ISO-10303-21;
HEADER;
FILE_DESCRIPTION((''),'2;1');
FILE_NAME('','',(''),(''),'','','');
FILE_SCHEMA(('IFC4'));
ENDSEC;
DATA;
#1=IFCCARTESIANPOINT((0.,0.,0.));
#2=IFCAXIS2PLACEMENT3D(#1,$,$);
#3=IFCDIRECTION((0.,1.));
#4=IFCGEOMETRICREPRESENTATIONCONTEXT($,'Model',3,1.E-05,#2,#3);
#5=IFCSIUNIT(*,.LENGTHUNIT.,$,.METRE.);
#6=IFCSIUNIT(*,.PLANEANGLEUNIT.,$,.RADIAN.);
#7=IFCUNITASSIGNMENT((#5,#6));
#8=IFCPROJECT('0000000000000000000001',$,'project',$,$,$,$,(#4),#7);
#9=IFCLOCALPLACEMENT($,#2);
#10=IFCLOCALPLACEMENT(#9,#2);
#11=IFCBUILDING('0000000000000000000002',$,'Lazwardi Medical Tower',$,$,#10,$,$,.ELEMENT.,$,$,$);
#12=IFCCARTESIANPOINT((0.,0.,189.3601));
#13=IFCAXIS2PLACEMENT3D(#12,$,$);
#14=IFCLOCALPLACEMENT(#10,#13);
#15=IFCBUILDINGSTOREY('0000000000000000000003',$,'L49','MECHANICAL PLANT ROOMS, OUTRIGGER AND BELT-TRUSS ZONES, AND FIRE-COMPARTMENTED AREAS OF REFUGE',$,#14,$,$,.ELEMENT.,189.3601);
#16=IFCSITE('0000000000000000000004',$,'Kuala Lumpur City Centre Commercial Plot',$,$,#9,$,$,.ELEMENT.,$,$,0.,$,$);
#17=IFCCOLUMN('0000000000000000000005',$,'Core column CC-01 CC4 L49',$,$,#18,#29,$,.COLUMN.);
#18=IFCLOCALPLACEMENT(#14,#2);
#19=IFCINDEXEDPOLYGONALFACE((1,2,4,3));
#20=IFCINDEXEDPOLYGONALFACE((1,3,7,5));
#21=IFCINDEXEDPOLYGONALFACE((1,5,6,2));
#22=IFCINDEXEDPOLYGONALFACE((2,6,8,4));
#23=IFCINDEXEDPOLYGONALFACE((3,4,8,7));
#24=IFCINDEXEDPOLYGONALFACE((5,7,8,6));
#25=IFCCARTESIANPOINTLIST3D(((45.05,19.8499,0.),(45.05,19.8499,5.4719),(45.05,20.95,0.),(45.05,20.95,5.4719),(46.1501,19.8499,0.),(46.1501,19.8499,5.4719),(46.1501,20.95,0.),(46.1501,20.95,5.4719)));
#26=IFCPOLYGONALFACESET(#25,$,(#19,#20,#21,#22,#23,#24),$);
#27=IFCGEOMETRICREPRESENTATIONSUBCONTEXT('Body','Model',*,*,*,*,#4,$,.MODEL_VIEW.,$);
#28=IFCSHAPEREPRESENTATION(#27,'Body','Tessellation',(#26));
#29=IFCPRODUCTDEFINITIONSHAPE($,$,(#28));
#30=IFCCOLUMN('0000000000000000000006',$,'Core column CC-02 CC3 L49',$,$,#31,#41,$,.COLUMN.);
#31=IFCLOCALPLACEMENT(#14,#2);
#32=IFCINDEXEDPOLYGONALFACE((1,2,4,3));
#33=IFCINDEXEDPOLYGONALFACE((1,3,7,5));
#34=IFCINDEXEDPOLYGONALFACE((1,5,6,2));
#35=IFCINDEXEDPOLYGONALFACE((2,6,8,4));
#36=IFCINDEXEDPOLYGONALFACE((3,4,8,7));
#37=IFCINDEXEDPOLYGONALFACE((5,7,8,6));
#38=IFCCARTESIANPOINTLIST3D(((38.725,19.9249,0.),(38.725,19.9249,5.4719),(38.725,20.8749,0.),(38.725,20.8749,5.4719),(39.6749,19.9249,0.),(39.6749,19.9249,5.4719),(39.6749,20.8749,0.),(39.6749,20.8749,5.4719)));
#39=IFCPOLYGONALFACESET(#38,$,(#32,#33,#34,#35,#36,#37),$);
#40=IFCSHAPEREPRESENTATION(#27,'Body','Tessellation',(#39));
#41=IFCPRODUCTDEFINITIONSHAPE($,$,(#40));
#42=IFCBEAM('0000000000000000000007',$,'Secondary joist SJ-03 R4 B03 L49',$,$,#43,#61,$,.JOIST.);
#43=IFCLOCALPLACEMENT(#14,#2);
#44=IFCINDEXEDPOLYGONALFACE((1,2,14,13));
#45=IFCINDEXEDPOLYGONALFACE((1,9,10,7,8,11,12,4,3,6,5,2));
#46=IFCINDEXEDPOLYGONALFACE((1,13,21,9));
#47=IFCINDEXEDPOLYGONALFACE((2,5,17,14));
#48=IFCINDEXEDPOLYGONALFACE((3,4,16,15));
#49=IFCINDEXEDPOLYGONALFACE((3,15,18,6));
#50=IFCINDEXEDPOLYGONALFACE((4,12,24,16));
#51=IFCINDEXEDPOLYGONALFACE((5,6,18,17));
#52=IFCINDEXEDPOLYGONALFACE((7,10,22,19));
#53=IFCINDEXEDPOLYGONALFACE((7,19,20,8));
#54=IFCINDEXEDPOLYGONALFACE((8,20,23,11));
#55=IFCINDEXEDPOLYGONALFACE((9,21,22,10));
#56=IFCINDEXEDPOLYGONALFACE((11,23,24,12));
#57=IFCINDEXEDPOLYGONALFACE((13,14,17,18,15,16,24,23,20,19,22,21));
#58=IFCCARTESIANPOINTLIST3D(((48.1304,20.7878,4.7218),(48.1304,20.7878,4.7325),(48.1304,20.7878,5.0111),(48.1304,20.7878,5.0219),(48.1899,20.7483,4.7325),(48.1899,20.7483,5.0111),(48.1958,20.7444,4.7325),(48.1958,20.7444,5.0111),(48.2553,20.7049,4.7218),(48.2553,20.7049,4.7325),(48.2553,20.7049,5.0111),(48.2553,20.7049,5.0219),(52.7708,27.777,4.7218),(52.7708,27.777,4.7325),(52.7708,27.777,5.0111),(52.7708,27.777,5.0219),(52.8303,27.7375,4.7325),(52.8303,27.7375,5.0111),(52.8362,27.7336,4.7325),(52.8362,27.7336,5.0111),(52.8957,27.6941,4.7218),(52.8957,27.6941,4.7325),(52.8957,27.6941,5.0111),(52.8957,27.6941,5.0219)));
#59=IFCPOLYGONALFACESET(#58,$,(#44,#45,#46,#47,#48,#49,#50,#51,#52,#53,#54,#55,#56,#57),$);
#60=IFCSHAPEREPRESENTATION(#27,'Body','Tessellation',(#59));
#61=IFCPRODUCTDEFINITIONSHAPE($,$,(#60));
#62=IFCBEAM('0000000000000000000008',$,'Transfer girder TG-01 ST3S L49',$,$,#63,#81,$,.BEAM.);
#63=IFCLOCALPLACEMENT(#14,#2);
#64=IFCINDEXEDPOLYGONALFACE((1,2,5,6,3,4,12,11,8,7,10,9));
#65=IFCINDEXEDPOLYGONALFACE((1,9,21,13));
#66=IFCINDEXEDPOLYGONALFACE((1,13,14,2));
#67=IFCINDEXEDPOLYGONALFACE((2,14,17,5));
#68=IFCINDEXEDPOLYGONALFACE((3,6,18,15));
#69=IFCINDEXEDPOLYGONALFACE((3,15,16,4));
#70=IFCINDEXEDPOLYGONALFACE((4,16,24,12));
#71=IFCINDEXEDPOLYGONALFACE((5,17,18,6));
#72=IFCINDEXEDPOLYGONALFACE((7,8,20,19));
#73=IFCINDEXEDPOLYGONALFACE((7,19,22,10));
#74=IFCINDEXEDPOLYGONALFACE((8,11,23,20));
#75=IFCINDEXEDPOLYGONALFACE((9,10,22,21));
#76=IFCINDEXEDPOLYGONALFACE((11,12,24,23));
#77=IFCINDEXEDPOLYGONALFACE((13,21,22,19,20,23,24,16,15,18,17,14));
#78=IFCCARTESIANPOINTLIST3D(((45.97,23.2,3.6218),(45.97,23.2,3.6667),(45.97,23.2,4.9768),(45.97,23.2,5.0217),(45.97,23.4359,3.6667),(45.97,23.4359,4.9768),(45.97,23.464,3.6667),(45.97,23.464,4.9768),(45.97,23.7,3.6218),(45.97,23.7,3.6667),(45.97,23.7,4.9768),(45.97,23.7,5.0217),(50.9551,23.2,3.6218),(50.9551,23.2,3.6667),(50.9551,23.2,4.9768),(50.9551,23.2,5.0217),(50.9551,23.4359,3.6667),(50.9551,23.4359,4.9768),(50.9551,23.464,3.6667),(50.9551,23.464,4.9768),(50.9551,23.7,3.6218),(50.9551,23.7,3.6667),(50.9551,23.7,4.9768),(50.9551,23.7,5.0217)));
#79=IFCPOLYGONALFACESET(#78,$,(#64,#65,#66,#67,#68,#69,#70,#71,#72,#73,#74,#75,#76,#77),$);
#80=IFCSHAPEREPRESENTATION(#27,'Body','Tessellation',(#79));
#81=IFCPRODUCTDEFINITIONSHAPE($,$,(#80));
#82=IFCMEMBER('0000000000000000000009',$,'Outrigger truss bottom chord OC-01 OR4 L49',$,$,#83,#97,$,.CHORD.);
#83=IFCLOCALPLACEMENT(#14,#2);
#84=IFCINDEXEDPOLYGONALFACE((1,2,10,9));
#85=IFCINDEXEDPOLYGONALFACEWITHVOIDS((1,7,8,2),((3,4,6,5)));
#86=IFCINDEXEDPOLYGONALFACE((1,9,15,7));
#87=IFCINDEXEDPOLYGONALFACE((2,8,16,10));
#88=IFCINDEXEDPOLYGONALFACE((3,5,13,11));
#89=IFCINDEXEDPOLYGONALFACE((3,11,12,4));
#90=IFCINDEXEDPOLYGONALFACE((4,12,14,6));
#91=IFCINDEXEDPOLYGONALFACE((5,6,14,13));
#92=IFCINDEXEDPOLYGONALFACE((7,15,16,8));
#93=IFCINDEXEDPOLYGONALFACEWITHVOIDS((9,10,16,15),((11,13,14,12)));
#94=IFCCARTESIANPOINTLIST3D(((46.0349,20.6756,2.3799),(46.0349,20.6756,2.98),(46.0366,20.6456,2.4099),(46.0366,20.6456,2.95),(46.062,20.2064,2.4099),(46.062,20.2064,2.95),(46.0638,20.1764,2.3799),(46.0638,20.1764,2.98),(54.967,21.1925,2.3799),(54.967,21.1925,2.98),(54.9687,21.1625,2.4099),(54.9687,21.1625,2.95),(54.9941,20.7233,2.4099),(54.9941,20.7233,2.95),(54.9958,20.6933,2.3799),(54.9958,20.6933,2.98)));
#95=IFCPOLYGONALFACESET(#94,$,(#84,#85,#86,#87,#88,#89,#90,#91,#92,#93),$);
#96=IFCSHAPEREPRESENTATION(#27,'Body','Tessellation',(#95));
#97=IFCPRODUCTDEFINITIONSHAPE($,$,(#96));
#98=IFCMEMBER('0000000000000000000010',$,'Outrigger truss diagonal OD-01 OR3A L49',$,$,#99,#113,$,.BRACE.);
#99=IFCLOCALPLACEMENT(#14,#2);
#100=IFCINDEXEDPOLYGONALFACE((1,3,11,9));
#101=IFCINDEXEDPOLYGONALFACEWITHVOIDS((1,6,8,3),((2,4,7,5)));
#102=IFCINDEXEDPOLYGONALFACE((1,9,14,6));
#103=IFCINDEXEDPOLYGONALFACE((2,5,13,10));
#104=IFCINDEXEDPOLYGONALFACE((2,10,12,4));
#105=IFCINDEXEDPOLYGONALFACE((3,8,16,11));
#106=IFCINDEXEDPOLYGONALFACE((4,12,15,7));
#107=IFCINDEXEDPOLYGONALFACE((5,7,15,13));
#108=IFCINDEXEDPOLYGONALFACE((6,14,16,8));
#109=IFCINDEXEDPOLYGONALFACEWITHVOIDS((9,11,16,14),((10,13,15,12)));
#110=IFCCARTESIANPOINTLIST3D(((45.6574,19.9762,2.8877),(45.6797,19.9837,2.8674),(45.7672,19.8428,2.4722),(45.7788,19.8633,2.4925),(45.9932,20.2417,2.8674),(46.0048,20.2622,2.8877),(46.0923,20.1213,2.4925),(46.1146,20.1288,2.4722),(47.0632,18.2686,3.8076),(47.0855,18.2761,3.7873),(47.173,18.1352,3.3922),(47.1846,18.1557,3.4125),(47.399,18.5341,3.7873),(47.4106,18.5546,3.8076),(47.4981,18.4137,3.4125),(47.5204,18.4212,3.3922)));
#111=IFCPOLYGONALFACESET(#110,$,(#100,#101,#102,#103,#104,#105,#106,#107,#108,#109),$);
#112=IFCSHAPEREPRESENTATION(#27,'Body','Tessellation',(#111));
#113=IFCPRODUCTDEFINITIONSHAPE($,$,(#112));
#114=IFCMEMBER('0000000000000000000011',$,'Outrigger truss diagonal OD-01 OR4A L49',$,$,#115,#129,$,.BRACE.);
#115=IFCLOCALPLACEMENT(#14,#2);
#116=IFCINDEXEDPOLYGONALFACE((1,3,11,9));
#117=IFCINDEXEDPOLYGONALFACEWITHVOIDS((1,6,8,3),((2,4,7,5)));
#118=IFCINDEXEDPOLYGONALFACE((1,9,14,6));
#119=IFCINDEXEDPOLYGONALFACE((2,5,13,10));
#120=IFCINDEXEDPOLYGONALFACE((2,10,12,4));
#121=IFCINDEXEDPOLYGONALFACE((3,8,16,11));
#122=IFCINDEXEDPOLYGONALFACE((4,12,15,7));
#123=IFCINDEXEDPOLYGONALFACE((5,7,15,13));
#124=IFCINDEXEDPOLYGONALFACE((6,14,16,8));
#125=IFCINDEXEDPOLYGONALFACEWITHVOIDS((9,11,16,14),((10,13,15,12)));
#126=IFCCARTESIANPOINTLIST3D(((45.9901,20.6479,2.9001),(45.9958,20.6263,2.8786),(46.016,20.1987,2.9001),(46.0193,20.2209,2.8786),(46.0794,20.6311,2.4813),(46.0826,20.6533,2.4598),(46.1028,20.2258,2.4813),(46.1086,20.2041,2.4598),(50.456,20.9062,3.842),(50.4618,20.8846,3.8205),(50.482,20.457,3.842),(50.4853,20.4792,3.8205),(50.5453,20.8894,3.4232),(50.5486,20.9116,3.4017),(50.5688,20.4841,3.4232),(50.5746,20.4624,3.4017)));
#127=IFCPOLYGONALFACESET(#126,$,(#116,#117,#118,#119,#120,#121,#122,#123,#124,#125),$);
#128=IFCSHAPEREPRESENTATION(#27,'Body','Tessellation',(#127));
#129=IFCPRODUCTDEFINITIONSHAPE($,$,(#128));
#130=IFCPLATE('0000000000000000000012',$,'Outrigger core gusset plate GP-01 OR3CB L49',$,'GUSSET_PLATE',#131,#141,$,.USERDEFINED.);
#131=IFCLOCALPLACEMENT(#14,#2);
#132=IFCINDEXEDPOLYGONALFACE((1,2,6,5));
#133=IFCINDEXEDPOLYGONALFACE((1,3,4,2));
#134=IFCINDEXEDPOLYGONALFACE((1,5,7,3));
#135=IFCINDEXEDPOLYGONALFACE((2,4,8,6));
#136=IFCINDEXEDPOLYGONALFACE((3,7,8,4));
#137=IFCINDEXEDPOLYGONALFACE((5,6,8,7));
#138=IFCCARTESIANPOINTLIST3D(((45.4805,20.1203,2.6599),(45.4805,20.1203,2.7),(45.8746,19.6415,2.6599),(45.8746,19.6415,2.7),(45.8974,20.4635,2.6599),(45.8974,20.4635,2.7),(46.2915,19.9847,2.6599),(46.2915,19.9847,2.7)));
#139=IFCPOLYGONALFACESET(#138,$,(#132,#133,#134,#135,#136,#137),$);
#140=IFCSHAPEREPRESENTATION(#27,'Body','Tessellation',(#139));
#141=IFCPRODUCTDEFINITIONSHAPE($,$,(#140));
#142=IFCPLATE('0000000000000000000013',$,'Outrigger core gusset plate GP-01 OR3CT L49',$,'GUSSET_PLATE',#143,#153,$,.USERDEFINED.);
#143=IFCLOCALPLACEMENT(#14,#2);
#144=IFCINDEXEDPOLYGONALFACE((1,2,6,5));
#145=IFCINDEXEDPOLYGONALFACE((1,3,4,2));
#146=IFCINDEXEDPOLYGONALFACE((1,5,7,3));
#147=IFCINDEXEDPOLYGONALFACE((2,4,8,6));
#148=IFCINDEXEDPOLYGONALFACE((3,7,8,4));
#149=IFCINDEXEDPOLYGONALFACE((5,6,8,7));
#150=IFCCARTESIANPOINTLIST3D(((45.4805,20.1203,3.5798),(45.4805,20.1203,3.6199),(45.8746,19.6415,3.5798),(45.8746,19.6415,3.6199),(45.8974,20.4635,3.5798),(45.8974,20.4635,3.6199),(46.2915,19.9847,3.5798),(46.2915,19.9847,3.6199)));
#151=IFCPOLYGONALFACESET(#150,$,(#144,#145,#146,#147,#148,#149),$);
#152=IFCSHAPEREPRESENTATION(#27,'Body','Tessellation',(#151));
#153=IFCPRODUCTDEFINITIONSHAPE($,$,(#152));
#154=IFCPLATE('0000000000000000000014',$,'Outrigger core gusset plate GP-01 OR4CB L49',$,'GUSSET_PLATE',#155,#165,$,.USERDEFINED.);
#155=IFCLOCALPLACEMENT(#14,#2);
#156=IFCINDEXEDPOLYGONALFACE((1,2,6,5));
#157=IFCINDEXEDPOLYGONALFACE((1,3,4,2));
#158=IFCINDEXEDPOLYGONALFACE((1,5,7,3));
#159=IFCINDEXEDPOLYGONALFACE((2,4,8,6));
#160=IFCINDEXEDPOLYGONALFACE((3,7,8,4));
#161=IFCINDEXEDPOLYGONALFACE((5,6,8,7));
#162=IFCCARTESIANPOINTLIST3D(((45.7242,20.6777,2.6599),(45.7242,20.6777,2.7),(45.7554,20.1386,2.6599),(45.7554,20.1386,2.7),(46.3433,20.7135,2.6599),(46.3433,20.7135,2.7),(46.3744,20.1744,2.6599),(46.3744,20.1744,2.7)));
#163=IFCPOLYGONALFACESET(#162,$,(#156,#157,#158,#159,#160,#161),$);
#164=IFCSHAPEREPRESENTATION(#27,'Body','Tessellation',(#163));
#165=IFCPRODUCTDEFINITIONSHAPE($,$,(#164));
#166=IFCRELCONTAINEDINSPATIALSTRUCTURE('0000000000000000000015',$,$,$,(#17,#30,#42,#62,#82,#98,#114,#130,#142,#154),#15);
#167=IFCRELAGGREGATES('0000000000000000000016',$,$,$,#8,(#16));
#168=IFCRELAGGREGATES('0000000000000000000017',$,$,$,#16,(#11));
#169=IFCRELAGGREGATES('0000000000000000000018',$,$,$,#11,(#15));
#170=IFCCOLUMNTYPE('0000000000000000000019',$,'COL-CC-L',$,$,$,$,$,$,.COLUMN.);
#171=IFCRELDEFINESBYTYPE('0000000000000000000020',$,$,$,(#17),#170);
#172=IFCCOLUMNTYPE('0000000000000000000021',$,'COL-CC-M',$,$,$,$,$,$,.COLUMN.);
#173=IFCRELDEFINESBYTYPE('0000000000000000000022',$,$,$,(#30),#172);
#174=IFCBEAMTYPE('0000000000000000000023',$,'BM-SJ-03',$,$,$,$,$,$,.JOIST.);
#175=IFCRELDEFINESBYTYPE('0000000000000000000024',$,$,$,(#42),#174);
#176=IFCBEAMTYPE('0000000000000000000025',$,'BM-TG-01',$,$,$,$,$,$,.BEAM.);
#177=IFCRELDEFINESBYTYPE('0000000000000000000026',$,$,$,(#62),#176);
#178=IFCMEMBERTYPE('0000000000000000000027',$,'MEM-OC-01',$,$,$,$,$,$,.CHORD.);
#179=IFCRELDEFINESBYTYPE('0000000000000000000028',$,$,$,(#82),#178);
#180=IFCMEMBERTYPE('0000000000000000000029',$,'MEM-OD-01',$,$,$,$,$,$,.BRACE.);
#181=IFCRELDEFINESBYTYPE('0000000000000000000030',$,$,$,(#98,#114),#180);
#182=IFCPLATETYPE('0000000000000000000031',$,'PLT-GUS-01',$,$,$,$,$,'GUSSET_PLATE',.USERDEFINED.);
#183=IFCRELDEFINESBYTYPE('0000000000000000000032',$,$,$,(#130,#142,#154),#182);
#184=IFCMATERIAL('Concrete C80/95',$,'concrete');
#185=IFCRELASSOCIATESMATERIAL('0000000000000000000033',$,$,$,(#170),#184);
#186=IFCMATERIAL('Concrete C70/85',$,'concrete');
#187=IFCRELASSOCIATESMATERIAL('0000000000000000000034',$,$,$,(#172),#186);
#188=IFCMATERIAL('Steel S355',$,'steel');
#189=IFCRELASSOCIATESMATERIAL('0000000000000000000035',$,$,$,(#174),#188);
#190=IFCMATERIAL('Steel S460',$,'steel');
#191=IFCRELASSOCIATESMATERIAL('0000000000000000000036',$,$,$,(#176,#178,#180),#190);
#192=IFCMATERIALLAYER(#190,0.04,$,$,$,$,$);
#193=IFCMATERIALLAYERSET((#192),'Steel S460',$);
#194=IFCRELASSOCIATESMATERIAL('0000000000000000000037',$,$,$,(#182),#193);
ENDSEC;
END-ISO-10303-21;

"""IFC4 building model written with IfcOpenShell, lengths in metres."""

from ifc_helpers import new_model, si_unit, direction, frame, origin, origin_2d, place, context, subcontext, project, spatial, rectangle, hollow_rectangle, i_section, extrude, material, layer, layer_set, material_profile, profile_set, type_object, element, save


model = new_model("IFC4")

# Units and contexts
model_context = context("Model", 3, precision=1e-05, world=origin(), true_north=direction((0.0, 1.0)))
body_context = subcontext(model_context, "Body", "Model", "MODEL_VIEW")
ifc_project = project(units=[si_unit("LENGTHUNIT", "METRE"), si_unit("PLANEANGLEUNIT", "RADIAN")], contexts=[model_context])

# Site, building, storey
site_placement = place(None, origin())
site = spatial("IfcSite", under=ifc_project, at=site_placement, Name="Kuala Lumpur City Centre Commercial Plot", CompositionType="ELEMENT", RefElevation=0.0)
building_placement = place(site_placement, origin())
building = spatial("IfcBuilding", under=site, at=building_placement, Name="Lazwardi Medical Tower", CompositionType="ELEMENT")
storey_placement = place(building_placement, frame((0.0, 0.0, 189.3601)))
storey = spatial("IfcBuildingStorey", under=building, at=storey_placement, Name="L49", Description="MECHANICAL PLANT ROOMS, OUTRIGGER AND BELT-TRUSS ZONES, AND FIRE-COMPARTMENTED AREAS OF REFUGE", CompositionType="ELEMENT", Elevation=189.3601)

# Columns
ifc_material_1 = material(Name="Concrete C80/95", Category="concrete")
ifc_material_profile_1 = material_profile(ifc_material_1, rectangle(XDim=1.1001, YDim=1.1001, at=origin_2d()), Name="RC 1100x1100")
ifc_profile_set_1 = profile_set([ifc_material_profile_1], Name="Concrete C80/95")
column_type_1 = type_object("IfcColumnType", Name="COL-CC-L", PredefinedType="COLUMN", material=ifc_profile_set_1)
column_1_placement = place(storey_placement, frame((45.6001, 20.3999, 0.0), z_axis=(0.0, 0.0, 1.0), x_axis=(1.0, 0.0, 0.0)))
element("IfcColumn", 1, at=column_1_placement, inside=storey, type_object=column_type_1, Name="Core column CC-01 CC4 L49", PredefinedType="COLUMN", context=body_context, shape_type="SweptSolid", body=[
    extrude(rectangle(XDim=1.1001, YDim=1.1001, at=origin_2d()), origin(), (0.0, 0.0, 1.0), 5.4719),
])
ifc_material_2 = material(Name="Concrete C70/85", Category="concrete")
ifc_material_profile_2 = material_profile(ifc_material_2, rectangle(XDim=0.95, YDim=0.95, at=origin_2d()), Name="RC 950x950")
ifc_profile_set_2 = profile_set([ifc_material_profile_2], Name="Concrete C70/85")
column_type_2 = type_object("IfcColumnType", Name="COL-CC-M", PredefinedType="COLUMN", material=ifc_profile_set_2)
column_2_placement = place(storey_placement, frame((39.2, 20.3999, 0.0), z_axis=(0.0, 0.0, 1.0), x_axis=(1.0, 0.0, 0.0)))
element("IfcColumn", 2, at=column_2_placement, inside=storey, type_object=column_type_2, Name="Core column CC-02 CC3 L49", PredefinedType="COLUMN", context=body_context, shape_type="SweptSolid", body=[
    extrude(rectangle(XDim=0.95, YDim=0.95, at=origin_2d()), origin(), (0.0, 0.0, 1.0), 5.4719),
])

# Beams
ifc_material_3 = material(Name="Steel S355", Category="steel")
ifc_material_profile_3 = material_profile(ifc_material_3, i_section(OverallWidth=0.1499, OverallDepth=0.3, WebThickness=0.0071, FlangeThickness=0.0107, at=origin_2d()), Name="IPE 300")
ifc_profile_set_3 = profile_set([ifc_material_profile_3], Name="Steel S355")
beam_type_1 = type_object("IfcBeamType", Name="BM-SJ-03", PredefinedType="JOIST", material=ifc_profile_set_3)
beam_1_placement = place(storey_placement, frame((48.1929, 20.7463, 4.8718), z_axis=(0.553121, 0.833101, 0.0), x_axis=(-0.833101, 0.553121, 0.0)))
element("IfcBeam", 3, at=beam_1_placement, inside=storey, type_object=beam_type_1, Name="Secondary joist SJ-03 R4 B03 L49", PredefinedType="JOIST", context=body_context, shape_type="SweptSolid", body=[
    extrude(i_section(OverallWidth=0.1499, OverallDepth=0.3, WebThickness=0.0071, FlangeThickness=0.0107, at=origin_2d()), origin(), (0.0, 0.0, 1.0), 8.3894),
])
ifc_material_4 = material(Name="Steel S460", Category="steel")
ifc_material_profile_4 = material_profile(ifc_material_4, i_section(OverallWidth=0.5, OverallDepth=1.3999, WebThickness=0.0281, FlangeThickness=0.0449, at=origin_2d()), Name="PG 1400x500")
ifc_profile_set_4 = profile_set([ifc_material_profile_4], Name="Steel S460")
beam_type_2 = type_object("IfcBeamType", Name="BM-TG-01", PredefinedType="BEAM", material=ifc_profile_set_4)
beam_2_placement = place(storey_placement, frame((45.97, 23.45, 4.3218), z_axis=(1.0, 0.0, 0.0), x_axis=(0.0, 1.0, 0.0)))
element("IfcBeam", 4, at=beam_2_placement, inside=storey, type_object=beam_type_2, Name="Transfer girder TG-01 ST3S L49", PredefinedType="BEAM", context=body_context, shape_type="SweptSolid", body=[
    extrude(i_section(OverallWidth=0.5, OverallDepth=1.3999, WebThickness=0.0281, FlangeThickness=0.0449, at=origin_2d()), origin(), (0.0, 0.0, 1.0), 4.9851),
])

# Members
ifc_material_profile_5 = material_profile(ifc_material_4, hollow_rectangle(XDim=0.5, YDim=0.6001, WallThickness=0.03, at=origin_2d()), Name="RHS 600x500x30")
ifc_profile_set_5 = profile_set([ifc_material_profile_5], Name="Steel S460")
member_type_1 = type_object("IfcMemberType", Name="MEM-OC-01", PredefinedType="CHORD", material=ifc_profile_set_5)
member_1_placement = place(storey_placement, frame((46.0493, 20.426, 2.6799), z_axis=(0.99833, 0.057767, 0.0), x_axis=(-0.057767, 0.99833, 0.0)))
element("IfcMember", 5, at=member_1_placement, inside=storey, type_object=member_type_1, Name="Outrigger truss bottom chord OC-01 OR4 L49", PredefinedType="CHORD", context=body_context, shape_type="SweptSolid", body=[
    extrude(hollow_rectangle(XDim=0.5, YDim=0.6001, WallThickness=0.03, at=origin_2d()), origin(), (0.0, 0.0, 1.0), 8.947),
])
ifc_material_profile_6 = material_profile(ifc_material_4, hollow_rectangle(XDim=0.45, YDim=0.45, WallThickness=0.022, at=origin_2d()), Name="RHS 450x450x22")
ifc_profile_set_6 = profile_set([ifc_material_profile_6], Name="Steel S460")
member_type_2 = type_object("IfcMemberType", Name="MEM-OD-01", PredefinedType="BRACE", material=ifc_profile_set_6)
member_2_placement = place(storey_placement, frame((45.886, 20.0525, 2.6799), z_axis=(0.586854, -0.712826, 0.384033), x_axis=(0.772026, 0.635591, 0.0)))
element("IfcMember", 6, at=member_2_placement, inside=storey, type_object=member_type_2, Name="Outrigger truss diagonal OD-01 OR3A L49", PredefinedType="BRACE", context=body_context, shape_type="SweptSolid", body=[
    extrude(hollow_rectangle(XDim=0.45, YDim=0.45, WallThickness=0.022, at=origin_2d()), origin(), (0.0, 0.0, 1.0), 2.3955),
])
member_3_placement = place(storey_placement, frame((46.0493, 20.426, 2.6799), z_axis=(0.976913, 0.056501, 0.206031), x_axis=(-0.05774, 0.998332, 0.0)))
element("IfcMember", 7, at=member_3_placement, inside=storey, type_object=member_type_2, Name="Outrigger truss diagonal OD-01 OR4A L49", PredefinedType="BRACE", context=body_context, shape_type="SweptSolid", body=[
    extrude(hollow_rectangle(XDim=0.45, YDim=0.45, WallThickness=0.022, at=origin_2d()), origin(), (0.0, 0.0, 1.0), 4.5715),
])

# Plates
ifc_layer_1 = layer(ifc_material_4, 0.04)
ifc_layer_set_1 = layer_set([ifc_layer_1], Name="Steel S460")
plate_type = type_object("IfcPlateType", Name="PLT-GUS-01", ElementType="GUSSET_PLATE", PredefinedType="USERDEFINED", material=ifc_layer_set_1)
for number, where, z_axis, x_axis, name in (
    (8, (45.886, 20.0525, 2.6599), (0.0, 0.0, 1.0), (0.635539, -0.772068, 0.0), "Outrigger core gusset plate GP-01 OR3CB L49"),
    (9, (45.886, 20.0525, 3.5798), (0.0, 0.0, 1.0), (0.635539, -0.772068, 0.0), "Outrigger core gusset plate GP-01 OR3CT L49"),
    (10, (46.0493, 20.426, 2.6599), (0.0, 0.0, 1.0), (0.998332, 0.057738, 0.0), "Outrigger core gusset plate GP-01 OR4CB L49"),
):
    element("IfcPlate", number, at=place(storey_placement, frame(where, z_axis=z_axis, x_axis=x_axis)), inside=storey, type_object=plate_type, Name=name, ObjectType="GUSSET_PLATE", PredefinedType="USERDEFINED", context=body_context, shape_type="SweptSolid", body=[
        extrude(rectangle(XDim=0.6201, YDim=0.54, at=origin_2d()), origin(), (0.0, 0.0, 1.0), 0.04),
    ])

save(model, "model.ifc")
